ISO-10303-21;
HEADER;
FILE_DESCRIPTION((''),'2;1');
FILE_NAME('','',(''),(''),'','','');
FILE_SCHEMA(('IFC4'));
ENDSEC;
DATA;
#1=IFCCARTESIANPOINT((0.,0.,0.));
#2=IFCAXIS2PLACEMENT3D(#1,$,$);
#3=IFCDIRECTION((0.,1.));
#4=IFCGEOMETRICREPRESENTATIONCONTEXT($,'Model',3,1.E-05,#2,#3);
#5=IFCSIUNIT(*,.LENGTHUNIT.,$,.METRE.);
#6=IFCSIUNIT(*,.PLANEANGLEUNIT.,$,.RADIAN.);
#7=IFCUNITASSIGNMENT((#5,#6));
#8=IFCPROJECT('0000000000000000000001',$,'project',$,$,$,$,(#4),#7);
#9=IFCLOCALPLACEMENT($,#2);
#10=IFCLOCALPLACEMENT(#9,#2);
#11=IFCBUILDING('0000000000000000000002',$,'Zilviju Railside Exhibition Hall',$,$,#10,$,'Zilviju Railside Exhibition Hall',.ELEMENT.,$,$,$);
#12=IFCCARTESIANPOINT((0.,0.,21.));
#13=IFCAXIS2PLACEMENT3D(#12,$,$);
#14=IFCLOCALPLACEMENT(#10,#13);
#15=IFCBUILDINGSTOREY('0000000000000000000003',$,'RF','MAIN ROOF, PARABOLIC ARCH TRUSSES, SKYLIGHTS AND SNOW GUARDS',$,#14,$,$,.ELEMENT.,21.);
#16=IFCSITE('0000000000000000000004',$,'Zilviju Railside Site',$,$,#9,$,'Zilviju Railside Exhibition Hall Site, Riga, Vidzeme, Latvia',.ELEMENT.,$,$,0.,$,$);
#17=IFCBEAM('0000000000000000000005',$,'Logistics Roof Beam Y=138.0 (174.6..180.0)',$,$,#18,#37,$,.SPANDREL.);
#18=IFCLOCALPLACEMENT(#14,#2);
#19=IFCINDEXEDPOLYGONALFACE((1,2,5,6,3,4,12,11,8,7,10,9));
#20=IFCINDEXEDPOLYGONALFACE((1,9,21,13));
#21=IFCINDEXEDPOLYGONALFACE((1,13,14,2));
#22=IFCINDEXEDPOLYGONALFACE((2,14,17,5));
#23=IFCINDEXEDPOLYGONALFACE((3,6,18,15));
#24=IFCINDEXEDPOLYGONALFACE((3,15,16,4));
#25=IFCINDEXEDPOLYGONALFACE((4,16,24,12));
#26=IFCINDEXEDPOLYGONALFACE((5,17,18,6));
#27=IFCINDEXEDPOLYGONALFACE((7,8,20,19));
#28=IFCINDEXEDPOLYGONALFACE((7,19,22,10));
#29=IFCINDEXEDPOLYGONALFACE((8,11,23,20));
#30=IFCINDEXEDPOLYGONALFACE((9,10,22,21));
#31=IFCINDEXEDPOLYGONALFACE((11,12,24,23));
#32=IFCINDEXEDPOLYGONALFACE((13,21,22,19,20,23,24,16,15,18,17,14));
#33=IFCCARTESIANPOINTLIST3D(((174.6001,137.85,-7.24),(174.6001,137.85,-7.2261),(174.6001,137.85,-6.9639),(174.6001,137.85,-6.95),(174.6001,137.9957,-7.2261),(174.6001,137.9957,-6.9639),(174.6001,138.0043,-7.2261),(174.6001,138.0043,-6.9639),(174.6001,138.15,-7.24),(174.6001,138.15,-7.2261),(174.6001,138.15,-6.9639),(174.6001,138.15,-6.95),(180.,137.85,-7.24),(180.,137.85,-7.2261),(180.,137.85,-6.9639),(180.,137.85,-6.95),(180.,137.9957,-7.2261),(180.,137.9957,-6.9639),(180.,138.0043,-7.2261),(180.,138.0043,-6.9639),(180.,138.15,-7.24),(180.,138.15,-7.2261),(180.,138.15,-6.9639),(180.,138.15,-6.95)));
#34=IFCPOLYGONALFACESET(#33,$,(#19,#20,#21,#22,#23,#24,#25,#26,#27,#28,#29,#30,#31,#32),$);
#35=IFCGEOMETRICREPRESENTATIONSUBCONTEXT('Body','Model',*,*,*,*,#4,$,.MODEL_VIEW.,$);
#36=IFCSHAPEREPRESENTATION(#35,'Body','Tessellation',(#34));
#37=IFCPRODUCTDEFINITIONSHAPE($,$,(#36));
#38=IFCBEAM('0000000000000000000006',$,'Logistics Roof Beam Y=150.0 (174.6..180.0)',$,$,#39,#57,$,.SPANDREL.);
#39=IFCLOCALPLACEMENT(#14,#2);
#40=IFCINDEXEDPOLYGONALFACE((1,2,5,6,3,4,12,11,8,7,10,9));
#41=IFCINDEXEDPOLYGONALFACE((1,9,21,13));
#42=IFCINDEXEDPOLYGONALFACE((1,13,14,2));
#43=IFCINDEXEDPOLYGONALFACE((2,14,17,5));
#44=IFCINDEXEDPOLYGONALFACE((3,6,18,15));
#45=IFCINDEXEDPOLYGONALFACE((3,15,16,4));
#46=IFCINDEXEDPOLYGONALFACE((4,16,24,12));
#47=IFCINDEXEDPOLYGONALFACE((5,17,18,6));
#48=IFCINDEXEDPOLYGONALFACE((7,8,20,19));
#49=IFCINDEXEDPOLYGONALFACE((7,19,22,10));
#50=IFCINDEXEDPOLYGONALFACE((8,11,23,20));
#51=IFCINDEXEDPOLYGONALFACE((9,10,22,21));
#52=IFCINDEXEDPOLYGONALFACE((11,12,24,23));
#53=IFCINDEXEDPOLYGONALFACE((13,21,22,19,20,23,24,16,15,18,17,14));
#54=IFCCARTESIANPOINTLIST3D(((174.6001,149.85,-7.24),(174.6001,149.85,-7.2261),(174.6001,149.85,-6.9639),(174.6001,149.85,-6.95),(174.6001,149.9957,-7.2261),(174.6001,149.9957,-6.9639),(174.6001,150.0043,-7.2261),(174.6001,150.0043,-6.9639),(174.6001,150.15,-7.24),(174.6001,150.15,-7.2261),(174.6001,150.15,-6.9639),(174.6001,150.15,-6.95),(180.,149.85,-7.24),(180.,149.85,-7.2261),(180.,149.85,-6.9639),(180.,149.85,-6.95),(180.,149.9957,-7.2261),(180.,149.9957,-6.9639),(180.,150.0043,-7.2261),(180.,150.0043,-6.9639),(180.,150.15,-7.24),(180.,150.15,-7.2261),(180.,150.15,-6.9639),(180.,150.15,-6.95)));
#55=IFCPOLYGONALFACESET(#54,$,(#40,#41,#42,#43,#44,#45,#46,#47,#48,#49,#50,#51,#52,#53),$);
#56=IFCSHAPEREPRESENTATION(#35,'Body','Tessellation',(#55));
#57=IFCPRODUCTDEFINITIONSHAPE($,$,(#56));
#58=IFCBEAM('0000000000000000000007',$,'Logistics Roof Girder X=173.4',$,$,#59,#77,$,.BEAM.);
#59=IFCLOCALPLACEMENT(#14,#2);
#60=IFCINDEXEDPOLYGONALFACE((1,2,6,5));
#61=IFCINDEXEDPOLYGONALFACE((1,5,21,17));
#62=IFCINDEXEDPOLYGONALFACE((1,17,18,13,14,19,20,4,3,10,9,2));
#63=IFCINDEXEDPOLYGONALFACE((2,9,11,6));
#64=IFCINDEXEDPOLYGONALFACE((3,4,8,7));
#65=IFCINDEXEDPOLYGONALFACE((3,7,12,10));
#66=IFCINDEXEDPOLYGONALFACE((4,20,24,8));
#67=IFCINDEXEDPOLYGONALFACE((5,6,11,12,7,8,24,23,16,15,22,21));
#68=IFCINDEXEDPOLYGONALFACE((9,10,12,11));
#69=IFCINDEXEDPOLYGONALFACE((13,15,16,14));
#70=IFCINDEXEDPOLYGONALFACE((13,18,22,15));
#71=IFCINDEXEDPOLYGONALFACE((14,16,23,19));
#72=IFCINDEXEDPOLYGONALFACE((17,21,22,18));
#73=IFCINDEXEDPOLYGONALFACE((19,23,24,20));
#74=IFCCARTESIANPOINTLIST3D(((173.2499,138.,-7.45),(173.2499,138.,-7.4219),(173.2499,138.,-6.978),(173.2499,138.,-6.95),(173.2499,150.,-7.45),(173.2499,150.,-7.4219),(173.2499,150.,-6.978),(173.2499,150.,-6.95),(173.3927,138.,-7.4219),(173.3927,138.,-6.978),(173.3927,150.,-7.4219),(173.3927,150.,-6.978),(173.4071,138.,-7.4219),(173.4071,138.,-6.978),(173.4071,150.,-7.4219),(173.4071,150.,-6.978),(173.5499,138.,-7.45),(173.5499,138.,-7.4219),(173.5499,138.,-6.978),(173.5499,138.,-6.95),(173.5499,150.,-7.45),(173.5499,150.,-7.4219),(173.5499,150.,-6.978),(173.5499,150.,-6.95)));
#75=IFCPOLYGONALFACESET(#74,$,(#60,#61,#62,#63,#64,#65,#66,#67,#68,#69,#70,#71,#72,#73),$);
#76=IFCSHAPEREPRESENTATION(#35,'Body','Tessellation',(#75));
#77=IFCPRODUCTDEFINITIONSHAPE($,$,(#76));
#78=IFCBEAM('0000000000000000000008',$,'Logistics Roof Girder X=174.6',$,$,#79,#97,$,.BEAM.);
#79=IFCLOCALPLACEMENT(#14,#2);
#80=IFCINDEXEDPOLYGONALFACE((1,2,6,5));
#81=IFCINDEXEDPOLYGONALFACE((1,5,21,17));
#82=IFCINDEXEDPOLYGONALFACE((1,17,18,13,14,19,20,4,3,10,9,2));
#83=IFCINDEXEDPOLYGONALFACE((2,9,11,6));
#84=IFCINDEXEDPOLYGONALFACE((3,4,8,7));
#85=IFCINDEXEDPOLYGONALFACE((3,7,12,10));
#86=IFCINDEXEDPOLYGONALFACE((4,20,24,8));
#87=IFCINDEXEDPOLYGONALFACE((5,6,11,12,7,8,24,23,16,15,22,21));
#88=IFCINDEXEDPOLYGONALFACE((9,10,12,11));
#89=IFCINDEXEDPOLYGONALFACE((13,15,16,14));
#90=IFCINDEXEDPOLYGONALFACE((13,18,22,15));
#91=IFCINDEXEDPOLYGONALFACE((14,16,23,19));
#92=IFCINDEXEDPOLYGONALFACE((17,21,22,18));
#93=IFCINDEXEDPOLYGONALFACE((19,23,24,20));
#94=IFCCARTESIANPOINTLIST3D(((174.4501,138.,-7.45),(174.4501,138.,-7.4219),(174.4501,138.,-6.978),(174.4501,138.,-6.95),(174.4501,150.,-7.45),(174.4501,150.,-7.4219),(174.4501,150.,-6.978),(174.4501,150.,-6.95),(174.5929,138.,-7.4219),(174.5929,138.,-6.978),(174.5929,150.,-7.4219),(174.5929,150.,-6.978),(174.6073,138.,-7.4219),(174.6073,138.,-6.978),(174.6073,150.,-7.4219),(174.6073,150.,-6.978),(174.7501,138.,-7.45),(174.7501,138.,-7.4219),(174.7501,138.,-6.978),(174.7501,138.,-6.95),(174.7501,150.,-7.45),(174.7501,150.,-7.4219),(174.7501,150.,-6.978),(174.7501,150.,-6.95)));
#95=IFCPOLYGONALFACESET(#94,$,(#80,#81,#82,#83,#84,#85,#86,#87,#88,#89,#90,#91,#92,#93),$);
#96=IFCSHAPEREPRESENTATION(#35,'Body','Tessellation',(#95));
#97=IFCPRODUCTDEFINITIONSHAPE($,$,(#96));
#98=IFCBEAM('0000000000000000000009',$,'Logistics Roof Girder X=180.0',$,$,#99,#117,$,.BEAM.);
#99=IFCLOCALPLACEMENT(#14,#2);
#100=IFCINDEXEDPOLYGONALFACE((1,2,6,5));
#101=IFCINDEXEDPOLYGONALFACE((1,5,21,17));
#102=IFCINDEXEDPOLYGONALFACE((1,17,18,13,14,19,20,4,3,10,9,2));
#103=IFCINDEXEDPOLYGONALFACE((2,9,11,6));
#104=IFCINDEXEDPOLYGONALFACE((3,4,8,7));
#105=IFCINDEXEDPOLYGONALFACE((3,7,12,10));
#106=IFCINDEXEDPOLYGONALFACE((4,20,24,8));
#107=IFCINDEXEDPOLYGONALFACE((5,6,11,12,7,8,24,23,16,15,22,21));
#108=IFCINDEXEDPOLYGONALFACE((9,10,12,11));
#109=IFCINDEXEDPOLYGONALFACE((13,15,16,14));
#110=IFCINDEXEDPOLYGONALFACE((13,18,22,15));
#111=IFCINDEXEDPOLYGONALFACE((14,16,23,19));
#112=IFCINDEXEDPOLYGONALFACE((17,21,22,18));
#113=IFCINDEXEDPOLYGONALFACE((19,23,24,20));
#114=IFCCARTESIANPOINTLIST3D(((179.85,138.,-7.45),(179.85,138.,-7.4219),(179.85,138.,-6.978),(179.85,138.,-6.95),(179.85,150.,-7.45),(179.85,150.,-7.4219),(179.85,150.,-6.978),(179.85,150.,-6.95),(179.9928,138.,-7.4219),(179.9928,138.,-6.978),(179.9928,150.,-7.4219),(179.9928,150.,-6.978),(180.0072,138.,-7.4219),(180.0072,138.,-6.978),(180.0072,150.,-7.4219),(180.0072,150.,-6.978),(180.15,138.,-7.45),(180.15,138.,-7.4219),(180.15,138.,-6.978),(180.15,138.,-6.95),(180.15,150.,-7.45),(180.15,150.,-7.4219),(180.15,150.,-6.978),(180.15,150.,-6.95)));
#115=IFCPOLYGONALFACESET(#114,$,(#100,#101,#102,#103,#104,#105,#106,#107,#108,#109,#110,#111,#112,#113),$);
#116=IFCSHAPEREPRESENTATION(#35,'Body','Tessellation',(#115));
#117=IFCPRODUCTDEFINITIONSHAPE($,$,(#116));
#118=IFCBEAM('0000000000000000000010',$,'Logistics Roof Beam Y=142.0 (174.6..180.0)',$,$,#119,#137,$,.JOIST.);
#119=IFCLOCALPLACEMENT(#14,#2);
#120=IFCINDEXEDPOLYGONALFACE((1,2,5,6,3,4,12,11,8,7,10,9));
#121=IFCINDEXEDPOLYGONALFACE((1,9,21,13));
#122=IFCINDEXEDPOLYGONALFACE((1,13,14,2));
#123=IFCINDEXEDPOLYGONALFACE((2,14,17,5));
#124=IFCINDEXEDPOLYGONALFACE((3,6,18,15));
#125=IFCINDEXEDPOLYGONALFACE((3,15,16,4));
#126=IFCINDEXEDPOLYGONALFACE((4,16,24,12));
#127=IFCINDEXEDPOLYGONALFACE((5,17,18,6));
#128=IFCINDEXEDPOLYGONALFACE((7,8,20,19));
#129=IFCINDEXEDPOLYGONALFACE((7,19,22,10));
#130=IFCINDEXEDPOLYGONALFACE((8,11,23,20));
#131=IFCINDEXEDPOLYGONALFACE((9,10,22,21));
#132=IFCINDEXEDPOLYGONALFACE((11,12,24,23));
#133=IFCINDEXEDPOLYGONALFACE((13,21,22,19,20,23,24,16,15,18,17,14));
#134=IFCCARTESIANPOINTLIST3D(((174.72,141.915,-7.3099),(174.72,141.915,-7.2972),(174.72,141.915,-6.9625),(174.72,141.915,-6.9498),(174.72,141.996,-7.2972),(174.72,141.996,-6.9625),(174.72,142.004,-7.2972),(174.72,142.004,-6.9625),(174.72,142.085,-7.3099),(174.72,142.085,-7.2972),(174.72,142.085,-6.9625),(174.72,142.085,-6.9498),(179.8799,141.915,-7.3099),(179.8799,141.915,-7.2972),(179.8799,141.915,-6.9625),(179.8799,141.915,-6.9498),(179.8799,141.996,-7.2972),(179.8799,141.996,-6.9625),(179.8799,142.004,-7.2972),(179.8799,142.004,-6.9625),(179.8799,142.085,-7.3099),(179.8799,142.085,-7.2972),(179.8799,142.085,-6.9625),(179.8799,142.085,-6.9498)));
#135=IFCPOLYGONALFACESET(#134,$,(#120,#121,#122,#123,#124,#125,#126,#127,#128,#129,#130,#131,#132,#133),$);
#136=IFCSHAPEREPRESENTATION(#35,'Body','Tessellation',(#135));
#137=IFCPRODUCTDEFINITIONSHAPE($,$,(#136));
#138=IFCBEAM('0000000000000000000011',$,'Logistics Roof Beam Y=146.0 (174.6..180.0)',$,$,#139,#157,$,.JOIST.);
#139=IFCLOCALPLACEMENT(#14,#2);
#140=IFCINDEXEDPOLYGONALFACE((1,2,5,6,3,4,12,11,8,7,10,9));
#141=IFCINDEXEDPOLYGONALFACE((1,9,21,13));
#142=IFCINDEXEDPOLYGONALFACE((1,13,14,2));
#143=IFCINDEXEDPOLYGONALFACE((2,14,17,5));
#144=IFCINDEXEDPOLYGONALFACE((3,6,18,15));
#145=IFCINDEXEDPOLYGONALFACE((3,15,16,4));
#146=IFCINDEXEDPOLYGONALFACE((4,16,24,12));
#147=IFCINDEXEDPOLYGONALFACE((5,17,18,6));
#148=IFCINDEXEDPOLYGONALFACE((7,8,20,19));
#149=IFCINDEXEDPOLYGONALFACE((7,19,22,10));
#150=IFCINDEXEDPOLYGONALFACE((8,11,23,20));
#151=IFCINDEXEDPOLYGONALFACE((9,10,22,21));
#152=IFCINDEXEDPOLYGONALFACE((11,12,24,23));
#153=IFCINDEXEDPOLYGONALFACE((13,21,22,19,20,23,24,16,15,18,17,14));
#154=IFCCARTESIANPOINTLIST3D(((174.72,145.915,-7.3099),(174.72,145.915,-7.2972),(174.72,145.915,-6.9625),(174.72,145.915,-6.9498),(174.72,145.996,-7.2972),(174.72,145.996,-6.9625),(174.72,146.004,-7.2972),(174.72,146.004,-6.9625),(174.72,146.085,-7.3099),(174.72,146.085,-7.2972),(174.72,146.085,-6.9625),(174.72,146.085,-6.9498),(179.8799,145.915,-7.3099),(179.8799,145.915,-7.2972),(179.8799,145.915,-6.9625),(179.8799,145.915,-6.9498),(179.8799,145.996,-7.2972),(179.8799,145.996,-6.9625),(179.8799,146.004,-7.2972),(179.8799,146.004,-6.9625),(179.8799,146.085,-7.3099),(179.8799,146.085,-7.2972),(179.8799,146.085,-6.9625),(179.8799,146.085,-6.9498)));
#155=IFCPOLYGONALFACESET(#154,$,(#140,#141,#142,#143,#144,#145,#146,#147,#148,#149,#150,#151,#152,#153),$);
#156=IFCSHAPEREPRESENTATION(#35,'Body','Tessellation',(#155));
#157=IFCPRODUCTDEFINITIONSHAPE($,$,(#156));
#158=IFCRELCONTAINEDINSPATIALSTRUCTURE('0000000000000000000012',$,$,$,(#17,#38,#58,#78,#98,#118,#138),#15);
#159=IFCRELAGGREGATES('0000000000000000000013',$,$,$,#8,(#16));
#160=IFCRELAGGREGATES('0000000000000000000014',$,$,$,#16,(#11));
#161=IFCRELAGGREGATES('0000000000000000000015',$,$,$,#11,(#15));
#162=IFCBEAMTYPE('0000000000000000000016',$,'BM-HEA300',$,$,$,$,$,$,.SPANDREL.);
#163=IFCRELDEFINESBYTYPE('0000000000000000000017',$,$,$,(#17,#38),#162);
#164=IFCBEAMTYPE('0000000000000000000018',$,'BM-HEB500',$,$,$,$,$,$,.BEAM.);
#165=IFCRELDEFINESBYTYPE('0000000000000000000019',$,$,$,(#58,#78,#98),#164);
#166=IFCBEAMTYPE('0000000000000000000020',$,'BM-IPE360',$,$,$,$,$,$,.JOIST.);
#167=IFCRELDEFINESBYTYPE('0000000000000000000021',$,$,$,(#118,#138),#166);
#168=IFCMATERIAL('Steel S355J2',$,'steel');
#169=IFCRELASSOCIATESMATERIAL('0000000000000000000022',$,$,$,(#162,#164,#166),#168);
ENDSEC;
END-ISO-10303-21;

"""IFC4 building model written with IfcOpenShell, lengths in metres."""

from ifc_helpers import new_model, si_unit, direction, frame, origin, origin_2d, place, context, subcontext, project, spatial, i_section, extrude, material, material_profile, profile_set, type_object, element, save


model = new_model("IFC4")

# Units and contexts
model_context = context("Model", 3, precision=1e-05, world=origin(), true_north=direction((0.0, 1.0)))
body_context = subcontext(model_context, "Body", "Model", "MODEL_VIEW")
ifc_project = project(units=[si_unit("LENGTHUNIT", "METRE"), si_unit("PLANEANGLEUNIT", "RADIAN")], contexts=[model_context])

# Site, building, storey
site_placement = place(None, origin())
site = spatial("IfcSite", under=ifc_project, at=site_placement, Name="Zilviju Railside Site", LongName="Zilviju Railside Exhibition Hall Site, Riga, Vidzeme, Latvia", CompositionType="ELEMENT", RefElevation=0.0)
building_placement = place(site_placement, origin())
building = spatial("IfcBuilding", under=site, at=building_placement, Name="Zilviju Railside Exhibition Hall", LongName="Zilviju Railside Exhibition Hall", CompositionType="ELEMENT")
storey_placement = place(building_placement, frame((0.0, 0.0, 21.0)))
storey = spatial("IfcBuildingStorey", under=building, at=storey_placement, Name="RF", Description="MAIN ROOF, PARABOLIC ARCH TRUSSES, SKYLIGHTS AND SNOW GUARDS", CompositionType="ELEMENT", Elevation=21.0)

# Beams
ifc_material_1 = material(Name="Steel S355J2", Category="steel")
ifc_material_profile_1 = material_profile(ifc_material_1, i_section(OverallWidth=0.3, OverallDepth=0.29, WebThickness=0.0085, FlangeThickness=0.0139, at=origin_2d()), Name="HEA 300")
ifc_profile_set_1 = profile_set([ifc_material_profile_1], Name="Steel S355J2")
beam_type_1 = type_object("IfcBeamType", Name="BM-HEA300", PredefinedType="SPANDREL", material=ifc_profile_set_1)
for number, where, z_axis, x_axis, name in (
    (1, (174.6001, 138.0, -7.095), (1.0, 0.0, 0.0), (0.0, 1.0, 0.0), "Logistics Roof Beam Y=138.0 (174.6..180.0)"),
    (2, (174.6001, 150.0, -7.095), (1.0, 0.0, 0.0), (0.0, 1.0, 0.0), "Logistics Roof Beam Y=150.0 (174.6..180.0)"),
):
    element("IfcBeam", number, at=place(storey_placement, frame(where, z_axis=z_axis, x_axis=x_axis)), inside=storey, type_object=beam_type_1, Name=name, PredefinedType="SPANDREL", context=body_context, shape_type="SweptSolid", body=[
        extrude(i_section(OverallWidth=0.3, OverallDepth=0.29, WebThickness=0.0085, FlangeThickness=0.0139, at=origin_2d()), origin(), (0.0, 0.0, 1.0), 5.3999),
    ])
ifc_material_profile_2 = material_profile(ifc_material_1, i_section(OverallWidth=0.3, OverallDepth=0.5, WebThickness=0.0144, FlangeThickness=0.0281, at=origin_2d()), Name="HEB 500")
ifc_profile_set_2 = profile_set([ifc_material_profile_2], Name="Steel S355J2")
beam_type_2 = type_object("IfcBeamType", Name="BM-HEB500", PredefinedType="BEAM", material=ifc_profile_set_2)
for number, where, z_axis, x_axis, name in (
    (3, (173.3999, 138.0, -7.2), (0.0, 1.0, 0.0), (-1.0, 0.0, 0.0), "Logistics Roof Girder X=173.4"),
    (4, (174.6001, 138.0, -7.2), (0.0, 1.0, 0.0), (-1.0, 0.0, 0.0), "Logistics Roof Girder X=174.6"),
    (5, (180.0, 138.0, -7.2), (0.0, 1.0, 0.0), (-1.0, 0.0, 0.0), "Logistics Roof Girder X=180.0"),
):
    element("IfcBeam", number, at=place(storey_placement, frame(where, z_axis=z_axis, x_axis=x_axis)), inside=storey, type_object=beam_type_2, Name=name, PredefinedType="BEAM", context=body_context, shape_type="SweptSolid", body=[
        extrude(i_section(OverallWidth=0.3, OverallDepth=0.5, WebThickness=0.0144, FlangeThickness=0.0281, at=origin_2d()), origin(), (0.0, 0.0, 1.0), 12.0),
    ])
ifc_material_profile_3 = material_profile(ifc_material_1, i_section(OverallWidth=0.1699, OverallDepth=0.3601, WebThickness=0.0081, FlangeThickness=0.0127, at=origin_2d()), Name="IPE 360")
ifc_profile_set_3 = profile_set([ifc_material_profile_3], Name="Steel S355J2")
beam_type_3 = type_object("IfcBeamType", Name="BM-IPE360", PredefinedType="JOIST", material=ifc_profile_set_3)
for number, where, z_axis, x_axis, name in (
    (6, (174.72, 142.0, -7.1299), (1.0, 0.0, 0.0), (0.0, 1.0, 0.0), "Logistics Roof Beam Y=142.0 (174.6..180.0)"),
    (7, (174.72, 146.0, -7.1299), (1.0, 0.0, 0.0), (0.0, 1.0, 0.0), "Logistics Roof Beam Y=146.0 (174.6..180.0)"),
):
    element("IfcBeam", number, at=place(storey_placement, frame(where, z_axis=z_axis, x_axis=x_axis)), inside=storey, type_object=beam_type_3, Name=name, PredefinedType="JOIST", context=body_context, shape_type="SweptSolid", body=[
        extrude(i_section(OverallWidth=0.1699, OverallDepth=0.3601, WebThickness=0.0081, FlangeThickness=0.0127, at=origin_2d()), origin(), (0.0, 0.0, 1.0), 5.1599),
    ])

save(model, "model.ifc")
